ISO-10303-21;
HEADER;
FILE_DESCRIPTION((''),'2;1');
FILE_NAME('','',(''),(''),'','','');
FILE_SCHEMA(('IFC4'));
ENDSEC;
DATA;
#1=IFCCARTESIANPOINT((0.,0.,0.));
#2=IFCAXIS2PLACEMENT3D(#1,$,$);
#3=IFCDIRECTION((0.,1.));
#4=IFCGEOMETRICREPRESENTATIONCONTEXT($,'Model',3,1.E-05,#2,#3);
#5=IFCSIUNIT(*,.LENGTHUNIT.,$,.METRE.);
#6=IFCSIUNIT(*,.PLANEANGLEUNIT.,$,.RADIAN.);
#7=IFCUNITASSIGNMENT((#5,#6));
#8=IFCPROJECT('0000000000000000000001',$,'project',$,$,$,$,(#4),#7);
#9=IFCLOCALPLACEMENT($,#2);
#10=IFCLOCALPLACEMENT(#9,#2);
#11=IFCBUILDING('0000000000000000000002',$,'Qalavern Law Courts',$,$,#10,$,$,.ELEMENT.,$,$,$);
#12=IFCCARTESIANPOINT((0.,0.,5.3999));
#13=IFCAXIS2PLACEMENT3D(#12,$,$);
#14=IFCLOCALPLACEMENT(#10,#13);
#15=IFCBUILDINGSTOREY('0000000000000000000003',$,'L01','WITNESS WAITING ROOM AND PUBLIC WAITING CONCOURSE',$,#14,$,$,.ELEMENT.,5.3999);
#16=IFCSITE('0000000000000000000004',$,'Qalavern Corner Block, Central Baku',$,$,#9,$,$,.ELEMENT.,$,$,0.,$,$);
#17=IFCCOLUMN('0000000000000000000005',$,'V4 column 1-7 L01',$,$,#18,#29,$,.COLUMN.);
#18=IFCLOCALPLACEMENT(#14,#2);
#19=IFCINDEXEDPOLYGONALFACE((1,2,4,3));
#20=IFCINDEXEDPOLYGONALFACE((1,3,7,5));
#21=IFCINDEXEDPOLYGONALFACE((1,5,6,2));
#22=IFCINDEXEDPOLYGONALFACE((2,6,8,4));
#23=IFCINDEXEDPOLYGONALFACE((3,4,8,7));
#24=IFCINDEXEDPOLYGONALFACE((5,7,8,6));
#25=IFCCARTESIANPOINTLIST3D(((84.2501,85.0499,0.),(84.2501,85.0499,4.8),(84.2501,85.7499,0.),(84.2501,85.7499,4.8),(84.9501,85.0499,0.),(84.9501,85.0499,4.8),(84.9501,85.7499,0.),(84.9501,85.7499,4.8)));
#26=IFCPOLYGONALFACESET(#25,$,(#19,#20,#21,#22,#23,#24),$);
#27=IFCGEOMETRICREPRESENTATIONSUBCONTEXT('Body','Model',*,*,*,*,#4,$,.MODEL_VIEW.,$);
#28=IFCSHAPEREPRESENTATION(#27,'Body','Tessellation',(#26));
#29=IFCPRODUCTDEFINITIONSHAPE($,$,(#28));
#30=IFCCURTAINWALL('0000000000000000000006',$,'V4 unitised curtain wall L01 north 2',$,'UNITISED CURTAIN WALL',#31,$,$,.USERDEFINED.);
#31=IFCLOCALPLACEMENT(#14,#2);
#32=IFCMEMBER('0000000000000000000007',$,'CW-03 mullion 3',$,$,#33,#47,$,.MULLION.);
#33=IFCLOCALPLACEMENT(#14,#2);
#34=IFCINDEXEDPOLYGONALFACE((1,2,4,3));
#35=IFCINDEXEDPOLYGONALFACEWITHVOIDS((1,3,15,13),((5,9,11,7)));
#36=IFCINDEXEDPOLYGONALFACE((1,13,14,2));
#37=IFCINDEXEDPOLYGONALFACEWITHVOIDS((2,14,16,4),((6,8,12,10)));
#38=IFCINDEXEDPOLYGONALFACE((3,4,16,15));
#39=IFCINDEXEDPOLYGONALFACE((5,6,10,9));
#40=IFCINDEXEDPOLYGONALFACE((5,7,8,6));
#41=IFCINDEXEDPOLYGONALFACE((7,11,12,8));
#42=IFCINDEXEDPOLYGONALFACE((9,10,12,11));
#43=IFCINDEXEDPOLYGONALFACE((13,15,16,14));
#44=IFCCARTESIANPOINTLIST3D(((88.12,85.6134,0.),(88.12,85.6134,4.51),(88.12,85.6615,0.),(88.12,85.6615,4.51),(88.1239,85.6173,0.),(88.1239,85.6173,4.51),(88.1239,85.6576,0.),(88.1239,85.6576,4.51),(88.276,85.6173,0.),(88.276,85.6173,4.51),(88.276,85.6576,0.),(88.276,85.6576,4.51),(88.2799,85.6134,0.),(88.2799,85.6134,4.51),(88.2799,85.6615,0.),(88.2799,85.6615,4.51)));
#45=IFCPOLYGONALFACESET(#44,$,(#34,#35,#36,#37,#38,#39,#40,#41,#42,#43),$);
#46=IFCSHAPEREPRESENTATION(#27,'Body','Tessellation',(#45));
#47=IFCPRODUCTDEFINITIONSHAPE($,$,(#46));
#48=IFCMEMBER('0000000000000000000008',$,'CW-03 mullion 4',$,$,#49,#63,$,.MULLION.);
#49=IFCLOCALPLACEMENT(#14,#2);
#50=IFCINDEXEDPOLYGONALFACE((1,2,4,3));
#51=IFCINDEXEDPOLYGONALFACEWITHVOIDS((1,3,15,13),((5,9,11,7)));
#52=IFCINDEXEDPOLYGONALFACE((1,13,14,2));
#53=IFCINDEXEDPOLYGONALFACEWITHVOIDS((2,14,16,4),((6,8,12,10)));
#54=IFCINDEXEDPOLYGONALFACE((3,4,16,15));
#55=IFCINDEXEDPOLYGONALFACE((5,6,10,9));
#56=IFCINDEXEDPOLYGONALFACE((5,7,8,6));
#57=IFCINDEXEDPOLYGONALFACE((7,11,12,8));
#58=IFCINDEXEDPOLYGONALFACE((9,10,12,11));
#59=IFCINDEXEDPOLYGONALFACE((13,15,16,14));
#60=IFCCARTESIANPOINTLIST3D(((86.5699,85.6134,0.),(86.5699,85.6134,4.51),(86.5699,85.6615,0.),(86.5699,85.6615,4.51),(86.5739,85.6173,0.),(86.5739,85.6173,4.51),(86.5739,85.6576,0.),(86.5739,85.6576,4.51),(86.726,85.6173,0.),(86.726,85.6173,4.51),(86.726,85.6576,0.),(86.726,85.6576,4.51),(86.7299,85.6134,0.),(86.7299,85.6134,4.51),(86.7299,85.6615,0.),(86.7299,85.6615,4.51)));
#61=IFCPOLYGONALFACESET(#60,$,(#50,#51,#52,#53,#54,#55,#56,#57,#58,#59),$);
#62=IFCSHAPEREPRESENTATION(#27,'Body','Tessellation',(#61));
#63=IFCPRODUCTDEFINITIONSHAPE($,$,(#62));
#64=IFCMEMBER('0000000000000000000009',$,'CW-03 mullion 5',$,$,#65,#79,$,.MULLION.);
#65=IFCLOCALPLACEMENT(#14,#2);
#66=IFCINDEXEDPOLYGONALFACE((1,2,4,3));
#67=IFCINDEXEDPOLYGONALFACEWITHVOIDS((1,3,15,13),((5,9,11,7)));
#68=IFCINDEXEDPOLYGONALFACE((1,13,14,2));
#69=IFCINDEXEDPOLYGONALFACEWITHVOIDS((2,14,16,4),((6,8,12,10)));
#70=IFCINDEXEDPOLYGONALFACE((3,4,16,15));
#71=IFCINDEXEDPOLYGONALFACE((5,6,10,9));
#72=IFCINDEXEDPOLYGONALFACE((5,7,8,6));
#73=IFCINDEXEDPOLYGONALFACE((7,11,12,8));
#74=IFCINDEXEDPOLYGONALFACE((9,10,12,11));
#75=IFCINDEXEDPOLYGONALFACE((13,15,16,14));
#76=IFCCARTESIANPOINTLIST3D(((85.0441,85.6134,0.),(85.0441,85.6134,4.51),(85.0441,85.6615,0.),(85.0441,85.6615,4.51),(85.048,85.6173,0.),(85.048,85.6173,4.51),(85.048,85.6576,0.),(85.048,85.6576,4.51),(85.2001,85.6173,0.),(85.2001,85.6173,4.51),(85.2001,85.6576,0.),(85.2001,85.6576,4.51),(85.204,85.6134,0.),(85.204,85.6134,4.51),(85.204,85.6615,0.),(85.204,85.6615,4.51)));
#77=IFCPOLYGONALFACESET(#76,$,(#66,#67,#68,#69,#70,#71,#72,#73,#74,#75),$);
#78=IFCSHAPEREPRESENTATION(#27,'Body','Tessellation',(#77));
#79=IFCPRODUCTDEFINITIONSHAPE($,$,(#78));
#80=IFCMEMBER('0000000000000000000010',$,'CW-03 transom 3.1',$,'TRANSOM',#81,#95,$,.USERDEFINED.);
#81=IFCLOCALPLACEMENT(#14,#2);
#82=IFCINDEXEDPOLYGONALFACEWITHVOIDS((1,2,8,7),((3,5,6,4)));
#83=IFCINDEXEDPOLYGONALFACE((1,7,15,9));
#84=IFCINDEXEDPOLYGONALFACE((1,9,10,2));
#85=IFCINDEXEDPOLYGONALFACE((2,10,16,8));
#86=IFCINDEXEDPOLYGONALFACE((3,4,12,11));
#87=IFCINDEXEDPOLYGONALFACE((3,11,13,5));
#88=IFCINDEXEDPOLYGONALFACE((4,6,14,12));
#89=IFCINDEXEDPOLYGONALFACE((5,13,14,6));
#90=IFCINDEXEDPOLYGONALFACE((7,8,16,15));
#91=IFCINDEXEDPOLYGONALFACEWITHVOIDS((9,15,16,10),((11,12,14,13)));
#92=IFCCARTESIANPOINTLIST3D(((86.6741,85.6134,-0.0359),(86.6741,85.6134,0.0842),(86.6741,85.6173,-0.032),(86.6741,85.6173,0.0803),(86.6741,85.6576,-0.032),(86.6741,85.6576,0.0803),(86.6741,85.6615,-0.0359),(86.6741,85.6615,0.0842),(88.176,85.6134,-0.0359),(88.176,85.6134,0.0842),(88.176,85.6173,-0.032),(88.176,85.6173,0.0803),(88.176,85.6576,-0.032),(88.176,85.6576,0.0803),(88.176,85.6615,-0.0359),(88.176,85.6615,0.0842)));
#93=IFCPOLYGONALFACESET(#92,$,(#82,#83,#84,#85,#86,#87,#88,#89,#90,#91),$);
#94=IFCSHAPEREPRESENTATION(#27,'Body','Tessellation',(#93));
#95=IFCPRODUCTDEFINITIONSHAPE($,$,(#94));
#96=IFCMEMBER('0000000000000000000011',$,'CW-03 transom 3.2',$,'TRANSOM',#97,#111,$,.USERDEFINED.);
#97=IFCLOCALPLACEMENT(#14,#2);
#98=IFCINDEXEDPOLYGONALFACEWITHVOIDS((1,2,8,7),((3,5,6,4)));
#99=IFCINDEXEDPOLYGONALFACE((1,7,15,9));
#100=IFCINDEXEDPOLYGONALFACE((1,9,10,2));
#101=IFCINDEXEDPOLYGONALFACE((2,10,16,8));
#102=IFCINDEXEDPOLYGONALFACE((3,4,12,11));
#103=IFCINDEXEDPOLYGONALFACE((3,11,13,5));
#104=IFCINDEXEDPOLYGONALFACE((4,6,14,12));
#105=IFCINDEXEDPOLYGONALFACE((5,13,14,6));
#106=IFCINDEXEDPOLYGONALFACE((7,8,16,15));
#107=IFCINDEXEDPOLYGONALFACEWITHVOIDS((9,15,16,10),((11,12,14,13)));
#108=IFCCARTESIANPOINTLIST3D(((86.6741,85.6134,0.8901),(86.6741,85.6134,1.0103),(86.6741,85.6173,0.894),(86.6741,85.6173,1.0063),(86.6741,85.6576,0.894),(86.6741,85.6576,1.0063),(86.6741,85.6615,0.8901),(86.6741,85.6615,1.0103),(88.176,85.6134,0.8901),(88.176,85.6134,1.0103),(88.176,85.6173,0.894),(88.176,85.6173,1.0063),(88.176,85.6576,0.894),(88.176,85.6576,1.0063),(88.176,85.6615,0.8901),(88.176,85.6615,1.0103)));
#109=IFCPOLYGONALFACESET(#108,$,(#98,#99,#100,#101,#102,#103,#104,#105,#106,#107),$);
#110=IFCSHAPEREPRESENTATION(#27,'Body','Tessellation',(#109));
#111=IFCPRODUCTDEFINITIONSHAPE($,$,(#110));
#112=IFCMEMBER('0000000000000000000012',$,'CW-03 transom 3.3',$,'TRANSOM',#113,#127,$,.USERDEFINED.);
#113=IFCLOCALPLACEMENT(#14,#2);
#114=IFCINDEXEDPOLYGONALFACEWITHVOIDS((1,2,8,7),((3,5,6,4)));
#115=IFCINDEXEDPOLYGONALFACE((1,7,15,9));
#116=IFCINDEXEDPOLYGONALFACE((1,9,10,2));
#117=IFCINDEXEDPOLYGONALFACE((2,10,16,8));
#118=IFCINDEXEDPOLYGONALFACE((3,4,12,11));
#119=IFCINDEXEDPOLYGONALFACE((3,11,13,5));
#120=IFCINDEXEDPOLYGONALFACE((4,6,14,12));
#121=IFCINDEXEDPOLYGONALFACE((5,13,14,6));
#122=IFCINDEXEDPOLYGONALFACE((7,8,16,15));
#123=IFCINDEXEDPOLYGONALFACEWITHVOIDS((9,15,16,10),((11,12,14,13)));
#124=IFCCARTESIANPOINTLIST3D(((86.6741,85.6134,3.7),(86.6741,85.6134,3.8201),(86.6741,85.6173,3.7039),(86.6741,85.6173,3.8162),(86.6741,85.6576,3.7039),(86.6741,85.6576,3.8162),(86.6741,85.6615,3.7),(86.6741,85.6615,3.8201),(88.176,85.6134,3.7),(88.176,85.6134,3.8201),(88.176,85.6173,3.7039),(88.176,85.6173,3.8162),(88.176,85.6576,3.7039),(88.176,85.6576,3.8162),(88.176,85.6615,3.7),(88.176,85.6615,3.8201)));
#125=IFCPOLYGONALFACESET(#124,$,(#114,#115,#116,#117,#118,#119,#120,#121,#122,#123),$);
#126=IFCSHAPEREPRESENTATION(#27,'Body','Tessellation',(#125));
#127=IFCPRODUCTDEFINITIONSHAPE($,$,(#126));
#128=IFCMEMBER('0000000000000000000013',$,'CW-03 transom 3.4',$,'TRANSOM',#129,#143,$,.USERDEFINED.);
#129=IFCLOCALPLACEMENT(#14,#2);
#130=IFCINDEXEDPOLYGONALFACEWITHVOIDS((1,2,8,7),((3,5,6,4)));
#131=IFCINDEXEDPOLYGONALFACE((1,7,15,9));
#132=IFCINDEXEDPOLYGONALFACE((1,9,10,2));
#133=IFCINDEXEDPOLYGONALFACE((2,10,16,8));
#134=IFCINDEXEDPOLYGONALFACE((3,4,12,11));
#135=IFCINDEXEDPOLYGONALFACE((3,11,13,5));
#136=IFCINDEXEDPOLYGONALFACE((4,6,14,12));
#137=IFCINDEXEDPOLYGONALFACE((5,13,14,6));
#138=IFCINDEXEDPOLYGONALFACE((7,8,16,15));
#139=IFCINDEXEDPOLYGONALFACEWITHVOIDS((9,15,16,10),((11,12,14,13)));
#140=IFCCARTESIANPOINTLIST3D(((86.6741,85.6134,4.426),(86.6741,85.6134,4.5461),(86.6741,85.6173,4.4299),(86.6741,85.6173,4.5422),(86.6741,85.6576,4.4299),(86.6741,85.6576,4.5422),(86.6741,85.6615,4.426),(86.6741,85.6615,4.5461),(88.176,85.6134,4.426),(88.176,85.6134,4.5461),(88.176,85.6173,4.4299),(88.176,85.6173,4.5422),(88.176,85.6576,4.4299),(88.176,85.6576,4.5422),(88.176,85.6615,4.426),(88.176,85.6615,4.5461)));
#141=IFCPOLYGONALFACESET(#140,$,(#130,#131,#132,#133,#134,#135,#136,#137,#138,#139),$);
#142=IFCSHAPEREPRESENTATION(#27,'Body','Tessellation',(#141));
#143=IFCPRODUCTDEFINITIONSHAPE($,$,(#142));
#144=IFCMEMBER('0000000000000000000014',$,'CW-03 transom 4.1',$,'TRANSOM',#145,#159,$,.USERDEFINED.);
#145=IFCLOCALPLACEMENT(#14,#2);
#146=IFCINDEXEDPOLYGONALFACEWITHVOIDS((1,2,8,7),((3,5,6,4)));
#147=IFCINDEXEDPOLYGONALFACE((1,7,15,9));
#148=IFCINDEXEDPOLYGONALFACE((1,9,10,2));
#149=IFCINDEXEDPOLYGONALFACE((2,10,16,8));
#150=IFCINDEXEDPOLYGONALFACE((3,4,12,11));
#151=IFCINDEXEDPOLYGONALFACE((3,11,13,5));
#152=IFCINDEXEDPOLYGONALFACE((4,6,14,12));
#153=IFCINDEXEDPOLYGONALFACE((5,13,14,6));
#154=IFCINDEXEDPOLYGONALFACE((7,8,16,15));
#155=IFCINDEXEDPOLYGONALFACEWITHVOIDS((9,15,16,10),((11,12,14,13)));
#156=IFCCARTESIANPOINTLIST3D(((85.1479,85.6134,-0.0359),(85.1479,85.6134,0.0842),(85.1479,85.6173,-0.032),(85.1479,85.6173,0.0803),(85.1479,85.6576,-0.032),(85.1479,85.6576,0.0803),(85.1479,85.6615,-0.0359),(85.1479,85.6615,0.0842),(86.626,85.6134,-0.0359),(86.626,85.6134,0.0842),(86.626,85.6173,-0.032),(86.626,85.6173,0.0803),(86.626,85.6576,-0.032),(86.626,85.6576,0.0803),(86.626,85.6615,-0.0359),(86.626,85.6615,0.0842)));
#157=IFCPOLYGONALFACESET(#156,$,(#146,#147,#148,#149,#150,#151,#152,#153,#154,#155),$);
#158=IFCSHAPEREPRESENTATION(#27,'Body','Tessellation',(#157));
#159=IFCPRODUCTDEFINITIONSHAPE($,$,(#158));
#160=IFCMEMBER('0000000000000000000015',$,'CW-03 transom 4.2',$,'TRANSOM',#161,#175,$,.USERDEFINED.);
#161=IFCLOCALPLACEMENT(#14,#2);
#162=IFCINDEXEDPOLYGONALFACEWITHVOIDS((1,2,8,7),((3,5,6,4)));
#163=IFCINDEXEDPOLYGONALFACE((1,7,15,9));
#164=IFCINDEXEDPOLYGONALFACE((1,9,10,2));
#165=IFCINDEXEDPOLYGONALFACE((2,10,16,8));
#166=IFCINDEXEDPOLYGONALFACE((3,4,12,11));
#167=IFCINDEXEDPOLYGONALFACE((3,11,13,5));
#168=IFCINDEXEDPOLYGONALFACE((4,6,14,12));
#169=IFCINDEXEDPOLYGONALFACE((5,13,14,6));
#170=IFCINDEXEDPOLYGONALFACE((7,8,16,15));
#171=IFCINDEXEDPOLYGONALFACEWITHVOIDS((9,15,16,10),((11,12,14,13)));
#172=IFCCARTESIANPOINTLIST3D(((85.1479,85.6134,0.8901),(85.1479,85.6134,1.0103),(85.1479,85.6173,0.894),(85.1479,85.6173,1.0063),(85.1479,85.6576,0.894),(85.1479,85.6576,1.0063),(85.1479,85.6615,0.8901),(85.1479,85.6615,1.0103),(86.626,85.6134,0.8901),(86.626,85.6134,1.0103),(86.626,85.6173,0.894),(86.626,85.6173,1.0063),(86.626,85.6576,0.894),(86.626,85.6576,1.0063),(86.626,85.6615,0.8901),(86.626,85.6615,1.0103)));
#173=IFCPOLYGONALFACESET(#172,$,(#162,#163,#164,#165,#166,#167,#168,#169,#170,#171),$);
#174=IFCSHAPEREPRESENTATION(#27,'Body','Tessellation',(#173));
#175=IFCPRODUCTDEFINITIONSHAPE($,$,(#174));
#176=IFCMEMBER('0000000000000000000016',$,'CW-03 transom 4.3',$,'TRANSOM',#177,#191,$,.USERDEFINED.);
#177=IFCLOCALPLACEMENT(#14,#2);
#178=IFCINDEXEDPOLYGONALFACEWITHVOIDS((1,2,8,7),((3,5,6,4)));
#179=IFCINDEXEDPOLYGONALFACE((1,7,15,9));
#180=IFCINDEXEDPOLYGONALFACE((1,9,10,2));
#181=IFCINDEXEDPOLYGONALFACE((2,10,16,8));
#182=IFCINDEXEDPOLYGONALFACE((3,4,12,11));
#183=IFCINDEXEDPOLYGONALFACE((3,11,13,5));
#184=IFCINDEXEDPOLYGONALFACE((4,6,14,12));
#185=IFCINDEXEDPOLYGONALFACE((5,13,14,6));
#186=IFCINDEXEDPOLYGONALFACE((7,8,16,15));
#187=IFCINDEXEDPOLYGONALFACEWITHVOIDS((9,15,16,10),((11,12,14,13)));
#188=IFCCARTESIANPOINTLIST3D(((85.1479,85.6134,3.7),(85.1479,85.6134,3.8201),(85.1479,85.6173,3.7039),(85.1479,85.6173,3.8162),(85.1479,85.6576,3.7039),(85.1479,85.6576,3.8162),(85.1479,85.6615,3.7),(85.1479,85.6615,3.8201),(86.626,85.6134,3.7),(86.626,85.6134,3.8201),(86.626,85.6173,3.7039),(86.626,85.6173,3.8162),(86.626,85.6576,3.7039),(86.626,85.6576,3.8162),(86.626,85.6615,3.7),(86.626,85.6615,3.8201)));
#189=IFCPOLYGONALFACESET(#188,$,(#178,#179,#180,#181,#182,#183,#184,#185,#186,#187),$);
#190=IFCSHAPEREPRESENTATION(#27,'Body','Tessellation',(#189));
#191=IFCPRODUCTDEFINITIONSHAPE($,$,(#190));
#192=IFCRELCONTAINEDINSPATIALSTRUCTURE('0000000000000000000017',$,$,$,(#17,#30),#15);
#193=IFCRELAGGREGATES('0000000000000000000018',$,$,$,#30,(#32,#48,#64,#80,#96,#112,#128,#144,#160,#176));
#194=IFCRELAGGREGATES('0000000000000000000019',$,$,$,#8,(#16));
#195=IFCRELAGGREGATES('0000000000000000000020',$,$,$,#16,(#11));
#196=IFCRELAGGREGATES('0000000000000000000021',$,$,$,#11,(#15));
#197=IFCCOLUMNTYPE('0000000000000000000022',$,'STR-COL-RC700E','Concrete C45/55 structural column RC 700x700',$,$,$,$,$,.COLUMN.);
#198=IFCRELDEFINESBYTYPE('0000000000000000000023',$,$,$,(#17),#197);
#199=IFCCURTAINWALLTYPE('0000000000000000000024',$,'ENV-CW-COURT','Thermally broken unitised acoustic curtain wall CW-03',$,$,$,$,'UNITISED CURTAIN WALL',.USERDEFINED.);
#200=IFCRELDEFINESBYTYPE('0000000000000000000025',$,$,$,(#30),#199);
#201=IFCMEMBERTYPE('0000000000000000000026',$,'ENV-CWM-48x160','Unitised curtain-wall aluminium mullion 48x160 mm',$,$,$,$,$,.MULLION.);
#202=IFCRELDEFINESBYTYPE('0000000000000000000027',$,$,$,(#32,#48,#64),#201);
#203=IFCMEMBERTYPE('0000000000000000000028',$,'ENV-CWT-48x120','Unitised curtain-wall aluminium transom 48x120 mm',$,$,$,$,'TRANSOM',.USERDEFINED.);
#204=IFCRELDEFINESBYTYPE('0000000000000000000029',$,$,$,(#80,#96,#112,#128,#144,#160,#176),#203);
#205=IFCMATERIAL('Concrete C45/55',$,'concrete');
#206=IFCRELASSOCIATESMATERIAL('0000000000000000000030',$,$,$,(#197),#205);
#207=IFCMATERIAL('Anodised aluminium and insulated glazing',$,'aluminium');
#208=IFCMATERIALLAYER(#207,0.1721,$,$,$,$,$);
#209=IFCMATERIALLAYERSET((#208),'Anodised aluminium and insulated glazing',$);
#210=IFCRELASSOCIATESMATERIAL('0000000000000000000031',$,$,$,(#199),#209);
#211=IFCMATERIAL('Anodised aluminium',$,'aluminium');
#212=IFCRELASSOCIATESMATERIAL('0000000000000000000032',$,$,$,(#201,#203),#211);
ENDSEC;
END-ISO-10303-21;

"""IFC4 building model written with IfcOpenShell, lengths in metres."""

from ifc_helpers import new_model, si_unit, direction, frame, origin, origin_2d, place, context, subcontext, project, spatial, rectangle, hollow_rectangle, extrude, material, layer, layer_set, material_profile, profile_set, type_object, element, aggregate, save


model = new_model("IFC4")

# Units and contexts
model_context = context("Model", 3, precision=1e-05, world=origin(), true_north=direction((0.0, 1.0)))
body_context = subcontext(model_context, "Body", "Model", "MODEL_VIEW")
ifc_project = project(units=[si_unit("LENGTHUNIT", "METRE"), si_unit("PLANEANGLEUNIT", "RADIAN")], contexts=[model_context])

# Site, building, storey
site_placement = place(None, origin())
site = spatial("IfcSite", under=ifc_project, at=site_placement, Name="Qalavern Corner Block, Central Baku", CompositionType="ELEMENT", RefElevation=0.0)
building_placement = place(site_placement, origin())
building = spatial("IfcBuilding", under=site, at=building_placement, Name="Qalavern Law Courts", CompositionType="ELEMENT")
storey_placement = place(building_placement, frame((0.0, 0.0, 5.3999)))
storey = spatial("IfcBuildingStorey", under=building, at=storey_placement, Name="L01", Description="WITNESS WAITING ROOM AND PUBLIC WAITING CONCOURSE", CompositionType="ELEMENT", Elevation=5.3999)

# Column
ifc_material_1 = material(Name="Concrete C45/55", Category="concrete")
ifc_material_profile_1 = material_profile(ifc_material_1, rectangle(XDim=0.7, YDim=0.7, at=origin_2d()), Name="RC 700x700")
ifc_profile_set_1 = profile_set([ifc_material_profile_1], Name="Concrete C45/55")
column_type = type_object("IfcColumnType", Name="STR-COL-RC700E", Description="Concrete C45/55 structural column RC 700x700", PredefinedType="COLUMN", material=ifc_profile_set_1)
column_placement = place(storey_placement, frame((84.6001, 85.3999, 0.0), z_axis=(0.0, 0.0, 1.0), x_axis=(1.0, 0.0, 0.0)))
element("IfcColumn", 1, at=column_placement, inside=storey, type_object=column_type, Name="V4 column 1-7 L01", PredefinedType="COLUMN", context=body_context, shape_type="SweptSolid", body=[
    extrude(rectangle(XDim=0.7, YDim=0.7, at=origin_2d()), origin(), (0.0, 0.0, 1.0), 4.8),
])

# Curtain wall, members
ifc_material_2 = material(Name="Anodised aluminium and insulated glazing", Category="aluminium")
ifc_layer_1 = layer(ifc_material_2, 0.1721)
ifc_layer_set_1 = layer_set([ifc_layer_1], Name="Anodised aluminium and insulated glazing")
curtain_wall_type = type_object("IfcCurtainWallType", Name="ENV-CW-COURT", Description="Thermally broken unitised acoustic curtain wall CW-03", ElementType="UNITISED CURTAIN WALL", PredefinedType="USERDEFINED", material=ifc_layer_set_1)
curtain_wall_placement = place(storey_placement, origin())
curtain_wall = element("IfcCurtainWall", 2, at=curtain_wall_placement, inside=storey, type_object=curtain_wall_type, Name="V4 unitised curtain wall L01 north 2", ObjectType="UNITISED CURTAIN WALL", PredefinedType="USERDEFINED")
ifc_material_3 = material(Name="Anodised aluminium", Category="aluminium")
ifc_material_profile_2 = material_profile(ifc_material_3, hollow_rectangle(XDim=0.0481, YDim=0.1599, WallThickness=0.0039, at=origin_2d()), Name="ALU MULLION 48x160")
ifc_profile_set_2 = profile_set([ifc_material_profile_2], Name="Anodised aluminium")
member_type_1 = type_object("IfcMemberType", Name="ENV-CWM-48x160", Description="Unitised curtain-wall aluminium mullion 48x160 mm", PredefinedType="MULLION", material=ifc_profile_set_2)
member_1_placement = place(storey_placement, frame((88.2, 85.6375, 0.0), z_axis=(0.0, 0.0, 1.0), x_axis=(0.0, -1.0, 0.0)))
member_1 = element("IfcMember", 3, at=member_1_placement, type_object=member_type_1, Name="CW-03 mullion 3", PredefinedType="MULLION", context=body_context, shape_type="SweptSolid", body=[
    extrude(hollow_rectangle(XDim=0.0481, YDim=0.1599, WallThickness=0.0039, at=origin_2d()), origin(), (0.0, 0.0, 1.0), 4.51),
])
member_2_placement = place(storey_placement, frame((86.6499, 85.6375, 0.0), z_axis=(0.0, 0.0, 1.0), x_axis=(0.0, -1.0, 0.0)))
member_2 = element("IfcMember", 4, at=member_2_placement, type_object=member_type_1, Name="CW-03 mullion 4", PredefinedType="MULLION", context=body_context, shape_type="SweptSolid", body=[
    extrude(hollow_rectangle(XDim=0.0481, YDim=0.1599, WallThickness=0.0039, at=origin_2d()), origin(), (0.0, 0.0, 1.0), 4.51),
])
member_3_placement = place(storey_placement, frame((85.124, 85.6375, 0.0), z_axis=(0.0, 0.0, 1.0), x_axis=(0.0, -1.0, 0.0)))
member_3 = element("IfcMember", 5, at=member_3_placement, type_object=member_type_1, Name="CW-03 mullion 5", PredefinedType="MULLION", context=body_context, shape_type="SweptSolid", body=[
    extrude(hollow_rectangle(XDim=0.0481, YDim=0.1599, WallThickness=0.0039, at=origin_2d()), origin(), (0.0, 0.0, 1.0), 4.51),
])
ifc_material_profile_3 = material_profile(ifc_material_3, hollow_rectangle(XDim=0.0481, YDim=0.1201, WallThickness=0.0039, at=origin_2d()), Name="ALU TRANSOM 48x120")
ifc_profile_set_3 = profile_set([ifc_material_profile_3], Name="Anodised aluminium")
member_type_2 = type_object("IfcMemberType", Name="ENV-CWT-48x120", Description="Unitised curtain-wall aluminium transom 48x120 mm", ElementType="TRANSOM", PredefinedType="USERDEFINED", material=ifc_profile_set_3)
member_4_placement = place(storey_placement, frame((88.176, 85.6375, 0.0242), z_axis=(-1.0, 0.0, 0.0), x_axis=(0.0, -1.0, 0.0)))
member_4 = element("IfcMember", 6, at=member_4_placement, type_object=member_type_2, Name="CW-03 transom 3.1", ObjectType="TRANSOM", PredefinedType="USERDEFINED", context=body_context, shape_type="SweptSolid", body=[
    extrude(hollow_rectangle(XDim=0.0481, YDim=0.1201, WallThickness=0.0039, at=origin_2d()), origin(), (0.0, 0.0, 1.0), 1.502),
])
member_5_placement = place(storey_placement, frame((88.176, 85.6375, 0.9502), z_axis=(-1.0, 0.0, 0.0), x_axis=(0.0, -1.0, 0.0)))
member_5 = element("IfcMember", 7, at=member_5_placement, type_object=member_type_2, Name="CW-03 transom 3.2", ObjectType="TRANSOM", PredefinedType="USERDEFINED", context=body_context, shape_type="SweptSolid", body=[
    extrude(hollow_rectangle(XDim=0.0481, YDim=0.1201, WallThickness=0.0039, at=origin_2d()), origin(), (0.0, 0.0, 1.0), 1.502),
])
member_6_placement = place(storey_placement, frame((88.176, 85.6375, 3.76), z_axis=(-1.0, 0.0, 0.0), x_axis=(0.0, -1.0, 0.0)))
member_6 = element("IfcMember", 8, at=member_6_placement, type_object=member_type_2, Name="CW-03 transom 3.3", ObjectType="TRANSOM", PredefinedType="USERDEFINED", context=body_context, shape_type="SweptSolid", body=[
    extrude(hollow_rectangle(XDim=0.0481, YDim=0.1201, WallThickness=0.0039, at=origin_2d()), origin(), (0.0, 0.0, 1.0), 1.502),
])
member_7_placement = place(storey_placement, frame((88.176, 85.6375, 4.4861), z_axis=(-1.0, 0.0, 0.0), x_axis=(0.0, -1.0, 0.0)))
member_7 = element("IfcMember", 9, at=member_7_placement, type_object=member_type_2, Name="CW-03 transom 3.4", ObjectType="TRANSOM", PredefinedType="USERDEFINED", context=body_context, shape_type="SweptSolid", body=[
    extrude(hollow_rectangle(XDim=0.0481, YDim=0.1201, WallThickness=0.0039, at=origin_2d()), origin(), (0.0, 0.0, 1.0), 1.502),
])
member_8_placement = place(storey_placement, frame((86.626, 85.6375, 0.0242), z_axis=(-1.0, 0.0, 0.0), x_axis=(0.0, -1.0, 0.0)))
member_8 = element("IfcMember", 10, at=member_8_placement, type_object=member_type_2, Name="CW-03 transom 4.1", ObjectType="TRANSOM", PredefinedType="USERDEFINED", context=body_context, shape_type="SweptSolid", body=[
    extrude(hollow_rectangle(XDim=0.0481, YDim=0.1201, WallThickness=0.0039, at=origin_2d()), origin(), (0.0, 0.0, 1.0), 1.478),
])
member_9_placement = place(storey_placement, frame((86.626, 85.6375, 0.9502), z_axis=(-1.0, 0.0, 0.0), x_axis=(0.0, -1.0, 0.0)))
member_9 = element("IfcMember", 11, at=member_9_placement, type_object=member_type_2, Name="CW-03 transom 4.2", ObjectType="TRANSOM", PredefinedType="USERDEFINED", context=body_context, shape_type="SweptSolid", body=[
    extrude(hollow_rectangle(XDim=0.0481, YDim=0.1201, WallThickness=0.0039, at=origin_2d()), origin(), (0.0, 0.0, 1.0), 1.478),
])
member_10_placement = place(storey_placement, frame((86.626, 85.6375, 3.76), z_axis=(-1.0, 0.0, 0.0), x_axis=(0.0, -1.0, 0.0)))
member_10 = element("IfcMember", 12, at=member_10_placement, type_object=member_type_2, Name="CW-03 transom 4.3", ObjectType="TRANSOM", PredefinedType="USERDEFINED", context=body_context, shape_type="SweptSolid", body=[
    extrude(hollow_rectangle(XDim=0.0481, YDim=0.1201, WallThickness=0.0039, at=origin_2d()), origin(), (0.0, 0.0, 1.0), 1.478),
])

aggregate(curtain_wall, [member_1, member_2, member_3, member_4, member_5, member_6, member_7, member_8, member_9, member_10])

save(model, "model.ifc")
